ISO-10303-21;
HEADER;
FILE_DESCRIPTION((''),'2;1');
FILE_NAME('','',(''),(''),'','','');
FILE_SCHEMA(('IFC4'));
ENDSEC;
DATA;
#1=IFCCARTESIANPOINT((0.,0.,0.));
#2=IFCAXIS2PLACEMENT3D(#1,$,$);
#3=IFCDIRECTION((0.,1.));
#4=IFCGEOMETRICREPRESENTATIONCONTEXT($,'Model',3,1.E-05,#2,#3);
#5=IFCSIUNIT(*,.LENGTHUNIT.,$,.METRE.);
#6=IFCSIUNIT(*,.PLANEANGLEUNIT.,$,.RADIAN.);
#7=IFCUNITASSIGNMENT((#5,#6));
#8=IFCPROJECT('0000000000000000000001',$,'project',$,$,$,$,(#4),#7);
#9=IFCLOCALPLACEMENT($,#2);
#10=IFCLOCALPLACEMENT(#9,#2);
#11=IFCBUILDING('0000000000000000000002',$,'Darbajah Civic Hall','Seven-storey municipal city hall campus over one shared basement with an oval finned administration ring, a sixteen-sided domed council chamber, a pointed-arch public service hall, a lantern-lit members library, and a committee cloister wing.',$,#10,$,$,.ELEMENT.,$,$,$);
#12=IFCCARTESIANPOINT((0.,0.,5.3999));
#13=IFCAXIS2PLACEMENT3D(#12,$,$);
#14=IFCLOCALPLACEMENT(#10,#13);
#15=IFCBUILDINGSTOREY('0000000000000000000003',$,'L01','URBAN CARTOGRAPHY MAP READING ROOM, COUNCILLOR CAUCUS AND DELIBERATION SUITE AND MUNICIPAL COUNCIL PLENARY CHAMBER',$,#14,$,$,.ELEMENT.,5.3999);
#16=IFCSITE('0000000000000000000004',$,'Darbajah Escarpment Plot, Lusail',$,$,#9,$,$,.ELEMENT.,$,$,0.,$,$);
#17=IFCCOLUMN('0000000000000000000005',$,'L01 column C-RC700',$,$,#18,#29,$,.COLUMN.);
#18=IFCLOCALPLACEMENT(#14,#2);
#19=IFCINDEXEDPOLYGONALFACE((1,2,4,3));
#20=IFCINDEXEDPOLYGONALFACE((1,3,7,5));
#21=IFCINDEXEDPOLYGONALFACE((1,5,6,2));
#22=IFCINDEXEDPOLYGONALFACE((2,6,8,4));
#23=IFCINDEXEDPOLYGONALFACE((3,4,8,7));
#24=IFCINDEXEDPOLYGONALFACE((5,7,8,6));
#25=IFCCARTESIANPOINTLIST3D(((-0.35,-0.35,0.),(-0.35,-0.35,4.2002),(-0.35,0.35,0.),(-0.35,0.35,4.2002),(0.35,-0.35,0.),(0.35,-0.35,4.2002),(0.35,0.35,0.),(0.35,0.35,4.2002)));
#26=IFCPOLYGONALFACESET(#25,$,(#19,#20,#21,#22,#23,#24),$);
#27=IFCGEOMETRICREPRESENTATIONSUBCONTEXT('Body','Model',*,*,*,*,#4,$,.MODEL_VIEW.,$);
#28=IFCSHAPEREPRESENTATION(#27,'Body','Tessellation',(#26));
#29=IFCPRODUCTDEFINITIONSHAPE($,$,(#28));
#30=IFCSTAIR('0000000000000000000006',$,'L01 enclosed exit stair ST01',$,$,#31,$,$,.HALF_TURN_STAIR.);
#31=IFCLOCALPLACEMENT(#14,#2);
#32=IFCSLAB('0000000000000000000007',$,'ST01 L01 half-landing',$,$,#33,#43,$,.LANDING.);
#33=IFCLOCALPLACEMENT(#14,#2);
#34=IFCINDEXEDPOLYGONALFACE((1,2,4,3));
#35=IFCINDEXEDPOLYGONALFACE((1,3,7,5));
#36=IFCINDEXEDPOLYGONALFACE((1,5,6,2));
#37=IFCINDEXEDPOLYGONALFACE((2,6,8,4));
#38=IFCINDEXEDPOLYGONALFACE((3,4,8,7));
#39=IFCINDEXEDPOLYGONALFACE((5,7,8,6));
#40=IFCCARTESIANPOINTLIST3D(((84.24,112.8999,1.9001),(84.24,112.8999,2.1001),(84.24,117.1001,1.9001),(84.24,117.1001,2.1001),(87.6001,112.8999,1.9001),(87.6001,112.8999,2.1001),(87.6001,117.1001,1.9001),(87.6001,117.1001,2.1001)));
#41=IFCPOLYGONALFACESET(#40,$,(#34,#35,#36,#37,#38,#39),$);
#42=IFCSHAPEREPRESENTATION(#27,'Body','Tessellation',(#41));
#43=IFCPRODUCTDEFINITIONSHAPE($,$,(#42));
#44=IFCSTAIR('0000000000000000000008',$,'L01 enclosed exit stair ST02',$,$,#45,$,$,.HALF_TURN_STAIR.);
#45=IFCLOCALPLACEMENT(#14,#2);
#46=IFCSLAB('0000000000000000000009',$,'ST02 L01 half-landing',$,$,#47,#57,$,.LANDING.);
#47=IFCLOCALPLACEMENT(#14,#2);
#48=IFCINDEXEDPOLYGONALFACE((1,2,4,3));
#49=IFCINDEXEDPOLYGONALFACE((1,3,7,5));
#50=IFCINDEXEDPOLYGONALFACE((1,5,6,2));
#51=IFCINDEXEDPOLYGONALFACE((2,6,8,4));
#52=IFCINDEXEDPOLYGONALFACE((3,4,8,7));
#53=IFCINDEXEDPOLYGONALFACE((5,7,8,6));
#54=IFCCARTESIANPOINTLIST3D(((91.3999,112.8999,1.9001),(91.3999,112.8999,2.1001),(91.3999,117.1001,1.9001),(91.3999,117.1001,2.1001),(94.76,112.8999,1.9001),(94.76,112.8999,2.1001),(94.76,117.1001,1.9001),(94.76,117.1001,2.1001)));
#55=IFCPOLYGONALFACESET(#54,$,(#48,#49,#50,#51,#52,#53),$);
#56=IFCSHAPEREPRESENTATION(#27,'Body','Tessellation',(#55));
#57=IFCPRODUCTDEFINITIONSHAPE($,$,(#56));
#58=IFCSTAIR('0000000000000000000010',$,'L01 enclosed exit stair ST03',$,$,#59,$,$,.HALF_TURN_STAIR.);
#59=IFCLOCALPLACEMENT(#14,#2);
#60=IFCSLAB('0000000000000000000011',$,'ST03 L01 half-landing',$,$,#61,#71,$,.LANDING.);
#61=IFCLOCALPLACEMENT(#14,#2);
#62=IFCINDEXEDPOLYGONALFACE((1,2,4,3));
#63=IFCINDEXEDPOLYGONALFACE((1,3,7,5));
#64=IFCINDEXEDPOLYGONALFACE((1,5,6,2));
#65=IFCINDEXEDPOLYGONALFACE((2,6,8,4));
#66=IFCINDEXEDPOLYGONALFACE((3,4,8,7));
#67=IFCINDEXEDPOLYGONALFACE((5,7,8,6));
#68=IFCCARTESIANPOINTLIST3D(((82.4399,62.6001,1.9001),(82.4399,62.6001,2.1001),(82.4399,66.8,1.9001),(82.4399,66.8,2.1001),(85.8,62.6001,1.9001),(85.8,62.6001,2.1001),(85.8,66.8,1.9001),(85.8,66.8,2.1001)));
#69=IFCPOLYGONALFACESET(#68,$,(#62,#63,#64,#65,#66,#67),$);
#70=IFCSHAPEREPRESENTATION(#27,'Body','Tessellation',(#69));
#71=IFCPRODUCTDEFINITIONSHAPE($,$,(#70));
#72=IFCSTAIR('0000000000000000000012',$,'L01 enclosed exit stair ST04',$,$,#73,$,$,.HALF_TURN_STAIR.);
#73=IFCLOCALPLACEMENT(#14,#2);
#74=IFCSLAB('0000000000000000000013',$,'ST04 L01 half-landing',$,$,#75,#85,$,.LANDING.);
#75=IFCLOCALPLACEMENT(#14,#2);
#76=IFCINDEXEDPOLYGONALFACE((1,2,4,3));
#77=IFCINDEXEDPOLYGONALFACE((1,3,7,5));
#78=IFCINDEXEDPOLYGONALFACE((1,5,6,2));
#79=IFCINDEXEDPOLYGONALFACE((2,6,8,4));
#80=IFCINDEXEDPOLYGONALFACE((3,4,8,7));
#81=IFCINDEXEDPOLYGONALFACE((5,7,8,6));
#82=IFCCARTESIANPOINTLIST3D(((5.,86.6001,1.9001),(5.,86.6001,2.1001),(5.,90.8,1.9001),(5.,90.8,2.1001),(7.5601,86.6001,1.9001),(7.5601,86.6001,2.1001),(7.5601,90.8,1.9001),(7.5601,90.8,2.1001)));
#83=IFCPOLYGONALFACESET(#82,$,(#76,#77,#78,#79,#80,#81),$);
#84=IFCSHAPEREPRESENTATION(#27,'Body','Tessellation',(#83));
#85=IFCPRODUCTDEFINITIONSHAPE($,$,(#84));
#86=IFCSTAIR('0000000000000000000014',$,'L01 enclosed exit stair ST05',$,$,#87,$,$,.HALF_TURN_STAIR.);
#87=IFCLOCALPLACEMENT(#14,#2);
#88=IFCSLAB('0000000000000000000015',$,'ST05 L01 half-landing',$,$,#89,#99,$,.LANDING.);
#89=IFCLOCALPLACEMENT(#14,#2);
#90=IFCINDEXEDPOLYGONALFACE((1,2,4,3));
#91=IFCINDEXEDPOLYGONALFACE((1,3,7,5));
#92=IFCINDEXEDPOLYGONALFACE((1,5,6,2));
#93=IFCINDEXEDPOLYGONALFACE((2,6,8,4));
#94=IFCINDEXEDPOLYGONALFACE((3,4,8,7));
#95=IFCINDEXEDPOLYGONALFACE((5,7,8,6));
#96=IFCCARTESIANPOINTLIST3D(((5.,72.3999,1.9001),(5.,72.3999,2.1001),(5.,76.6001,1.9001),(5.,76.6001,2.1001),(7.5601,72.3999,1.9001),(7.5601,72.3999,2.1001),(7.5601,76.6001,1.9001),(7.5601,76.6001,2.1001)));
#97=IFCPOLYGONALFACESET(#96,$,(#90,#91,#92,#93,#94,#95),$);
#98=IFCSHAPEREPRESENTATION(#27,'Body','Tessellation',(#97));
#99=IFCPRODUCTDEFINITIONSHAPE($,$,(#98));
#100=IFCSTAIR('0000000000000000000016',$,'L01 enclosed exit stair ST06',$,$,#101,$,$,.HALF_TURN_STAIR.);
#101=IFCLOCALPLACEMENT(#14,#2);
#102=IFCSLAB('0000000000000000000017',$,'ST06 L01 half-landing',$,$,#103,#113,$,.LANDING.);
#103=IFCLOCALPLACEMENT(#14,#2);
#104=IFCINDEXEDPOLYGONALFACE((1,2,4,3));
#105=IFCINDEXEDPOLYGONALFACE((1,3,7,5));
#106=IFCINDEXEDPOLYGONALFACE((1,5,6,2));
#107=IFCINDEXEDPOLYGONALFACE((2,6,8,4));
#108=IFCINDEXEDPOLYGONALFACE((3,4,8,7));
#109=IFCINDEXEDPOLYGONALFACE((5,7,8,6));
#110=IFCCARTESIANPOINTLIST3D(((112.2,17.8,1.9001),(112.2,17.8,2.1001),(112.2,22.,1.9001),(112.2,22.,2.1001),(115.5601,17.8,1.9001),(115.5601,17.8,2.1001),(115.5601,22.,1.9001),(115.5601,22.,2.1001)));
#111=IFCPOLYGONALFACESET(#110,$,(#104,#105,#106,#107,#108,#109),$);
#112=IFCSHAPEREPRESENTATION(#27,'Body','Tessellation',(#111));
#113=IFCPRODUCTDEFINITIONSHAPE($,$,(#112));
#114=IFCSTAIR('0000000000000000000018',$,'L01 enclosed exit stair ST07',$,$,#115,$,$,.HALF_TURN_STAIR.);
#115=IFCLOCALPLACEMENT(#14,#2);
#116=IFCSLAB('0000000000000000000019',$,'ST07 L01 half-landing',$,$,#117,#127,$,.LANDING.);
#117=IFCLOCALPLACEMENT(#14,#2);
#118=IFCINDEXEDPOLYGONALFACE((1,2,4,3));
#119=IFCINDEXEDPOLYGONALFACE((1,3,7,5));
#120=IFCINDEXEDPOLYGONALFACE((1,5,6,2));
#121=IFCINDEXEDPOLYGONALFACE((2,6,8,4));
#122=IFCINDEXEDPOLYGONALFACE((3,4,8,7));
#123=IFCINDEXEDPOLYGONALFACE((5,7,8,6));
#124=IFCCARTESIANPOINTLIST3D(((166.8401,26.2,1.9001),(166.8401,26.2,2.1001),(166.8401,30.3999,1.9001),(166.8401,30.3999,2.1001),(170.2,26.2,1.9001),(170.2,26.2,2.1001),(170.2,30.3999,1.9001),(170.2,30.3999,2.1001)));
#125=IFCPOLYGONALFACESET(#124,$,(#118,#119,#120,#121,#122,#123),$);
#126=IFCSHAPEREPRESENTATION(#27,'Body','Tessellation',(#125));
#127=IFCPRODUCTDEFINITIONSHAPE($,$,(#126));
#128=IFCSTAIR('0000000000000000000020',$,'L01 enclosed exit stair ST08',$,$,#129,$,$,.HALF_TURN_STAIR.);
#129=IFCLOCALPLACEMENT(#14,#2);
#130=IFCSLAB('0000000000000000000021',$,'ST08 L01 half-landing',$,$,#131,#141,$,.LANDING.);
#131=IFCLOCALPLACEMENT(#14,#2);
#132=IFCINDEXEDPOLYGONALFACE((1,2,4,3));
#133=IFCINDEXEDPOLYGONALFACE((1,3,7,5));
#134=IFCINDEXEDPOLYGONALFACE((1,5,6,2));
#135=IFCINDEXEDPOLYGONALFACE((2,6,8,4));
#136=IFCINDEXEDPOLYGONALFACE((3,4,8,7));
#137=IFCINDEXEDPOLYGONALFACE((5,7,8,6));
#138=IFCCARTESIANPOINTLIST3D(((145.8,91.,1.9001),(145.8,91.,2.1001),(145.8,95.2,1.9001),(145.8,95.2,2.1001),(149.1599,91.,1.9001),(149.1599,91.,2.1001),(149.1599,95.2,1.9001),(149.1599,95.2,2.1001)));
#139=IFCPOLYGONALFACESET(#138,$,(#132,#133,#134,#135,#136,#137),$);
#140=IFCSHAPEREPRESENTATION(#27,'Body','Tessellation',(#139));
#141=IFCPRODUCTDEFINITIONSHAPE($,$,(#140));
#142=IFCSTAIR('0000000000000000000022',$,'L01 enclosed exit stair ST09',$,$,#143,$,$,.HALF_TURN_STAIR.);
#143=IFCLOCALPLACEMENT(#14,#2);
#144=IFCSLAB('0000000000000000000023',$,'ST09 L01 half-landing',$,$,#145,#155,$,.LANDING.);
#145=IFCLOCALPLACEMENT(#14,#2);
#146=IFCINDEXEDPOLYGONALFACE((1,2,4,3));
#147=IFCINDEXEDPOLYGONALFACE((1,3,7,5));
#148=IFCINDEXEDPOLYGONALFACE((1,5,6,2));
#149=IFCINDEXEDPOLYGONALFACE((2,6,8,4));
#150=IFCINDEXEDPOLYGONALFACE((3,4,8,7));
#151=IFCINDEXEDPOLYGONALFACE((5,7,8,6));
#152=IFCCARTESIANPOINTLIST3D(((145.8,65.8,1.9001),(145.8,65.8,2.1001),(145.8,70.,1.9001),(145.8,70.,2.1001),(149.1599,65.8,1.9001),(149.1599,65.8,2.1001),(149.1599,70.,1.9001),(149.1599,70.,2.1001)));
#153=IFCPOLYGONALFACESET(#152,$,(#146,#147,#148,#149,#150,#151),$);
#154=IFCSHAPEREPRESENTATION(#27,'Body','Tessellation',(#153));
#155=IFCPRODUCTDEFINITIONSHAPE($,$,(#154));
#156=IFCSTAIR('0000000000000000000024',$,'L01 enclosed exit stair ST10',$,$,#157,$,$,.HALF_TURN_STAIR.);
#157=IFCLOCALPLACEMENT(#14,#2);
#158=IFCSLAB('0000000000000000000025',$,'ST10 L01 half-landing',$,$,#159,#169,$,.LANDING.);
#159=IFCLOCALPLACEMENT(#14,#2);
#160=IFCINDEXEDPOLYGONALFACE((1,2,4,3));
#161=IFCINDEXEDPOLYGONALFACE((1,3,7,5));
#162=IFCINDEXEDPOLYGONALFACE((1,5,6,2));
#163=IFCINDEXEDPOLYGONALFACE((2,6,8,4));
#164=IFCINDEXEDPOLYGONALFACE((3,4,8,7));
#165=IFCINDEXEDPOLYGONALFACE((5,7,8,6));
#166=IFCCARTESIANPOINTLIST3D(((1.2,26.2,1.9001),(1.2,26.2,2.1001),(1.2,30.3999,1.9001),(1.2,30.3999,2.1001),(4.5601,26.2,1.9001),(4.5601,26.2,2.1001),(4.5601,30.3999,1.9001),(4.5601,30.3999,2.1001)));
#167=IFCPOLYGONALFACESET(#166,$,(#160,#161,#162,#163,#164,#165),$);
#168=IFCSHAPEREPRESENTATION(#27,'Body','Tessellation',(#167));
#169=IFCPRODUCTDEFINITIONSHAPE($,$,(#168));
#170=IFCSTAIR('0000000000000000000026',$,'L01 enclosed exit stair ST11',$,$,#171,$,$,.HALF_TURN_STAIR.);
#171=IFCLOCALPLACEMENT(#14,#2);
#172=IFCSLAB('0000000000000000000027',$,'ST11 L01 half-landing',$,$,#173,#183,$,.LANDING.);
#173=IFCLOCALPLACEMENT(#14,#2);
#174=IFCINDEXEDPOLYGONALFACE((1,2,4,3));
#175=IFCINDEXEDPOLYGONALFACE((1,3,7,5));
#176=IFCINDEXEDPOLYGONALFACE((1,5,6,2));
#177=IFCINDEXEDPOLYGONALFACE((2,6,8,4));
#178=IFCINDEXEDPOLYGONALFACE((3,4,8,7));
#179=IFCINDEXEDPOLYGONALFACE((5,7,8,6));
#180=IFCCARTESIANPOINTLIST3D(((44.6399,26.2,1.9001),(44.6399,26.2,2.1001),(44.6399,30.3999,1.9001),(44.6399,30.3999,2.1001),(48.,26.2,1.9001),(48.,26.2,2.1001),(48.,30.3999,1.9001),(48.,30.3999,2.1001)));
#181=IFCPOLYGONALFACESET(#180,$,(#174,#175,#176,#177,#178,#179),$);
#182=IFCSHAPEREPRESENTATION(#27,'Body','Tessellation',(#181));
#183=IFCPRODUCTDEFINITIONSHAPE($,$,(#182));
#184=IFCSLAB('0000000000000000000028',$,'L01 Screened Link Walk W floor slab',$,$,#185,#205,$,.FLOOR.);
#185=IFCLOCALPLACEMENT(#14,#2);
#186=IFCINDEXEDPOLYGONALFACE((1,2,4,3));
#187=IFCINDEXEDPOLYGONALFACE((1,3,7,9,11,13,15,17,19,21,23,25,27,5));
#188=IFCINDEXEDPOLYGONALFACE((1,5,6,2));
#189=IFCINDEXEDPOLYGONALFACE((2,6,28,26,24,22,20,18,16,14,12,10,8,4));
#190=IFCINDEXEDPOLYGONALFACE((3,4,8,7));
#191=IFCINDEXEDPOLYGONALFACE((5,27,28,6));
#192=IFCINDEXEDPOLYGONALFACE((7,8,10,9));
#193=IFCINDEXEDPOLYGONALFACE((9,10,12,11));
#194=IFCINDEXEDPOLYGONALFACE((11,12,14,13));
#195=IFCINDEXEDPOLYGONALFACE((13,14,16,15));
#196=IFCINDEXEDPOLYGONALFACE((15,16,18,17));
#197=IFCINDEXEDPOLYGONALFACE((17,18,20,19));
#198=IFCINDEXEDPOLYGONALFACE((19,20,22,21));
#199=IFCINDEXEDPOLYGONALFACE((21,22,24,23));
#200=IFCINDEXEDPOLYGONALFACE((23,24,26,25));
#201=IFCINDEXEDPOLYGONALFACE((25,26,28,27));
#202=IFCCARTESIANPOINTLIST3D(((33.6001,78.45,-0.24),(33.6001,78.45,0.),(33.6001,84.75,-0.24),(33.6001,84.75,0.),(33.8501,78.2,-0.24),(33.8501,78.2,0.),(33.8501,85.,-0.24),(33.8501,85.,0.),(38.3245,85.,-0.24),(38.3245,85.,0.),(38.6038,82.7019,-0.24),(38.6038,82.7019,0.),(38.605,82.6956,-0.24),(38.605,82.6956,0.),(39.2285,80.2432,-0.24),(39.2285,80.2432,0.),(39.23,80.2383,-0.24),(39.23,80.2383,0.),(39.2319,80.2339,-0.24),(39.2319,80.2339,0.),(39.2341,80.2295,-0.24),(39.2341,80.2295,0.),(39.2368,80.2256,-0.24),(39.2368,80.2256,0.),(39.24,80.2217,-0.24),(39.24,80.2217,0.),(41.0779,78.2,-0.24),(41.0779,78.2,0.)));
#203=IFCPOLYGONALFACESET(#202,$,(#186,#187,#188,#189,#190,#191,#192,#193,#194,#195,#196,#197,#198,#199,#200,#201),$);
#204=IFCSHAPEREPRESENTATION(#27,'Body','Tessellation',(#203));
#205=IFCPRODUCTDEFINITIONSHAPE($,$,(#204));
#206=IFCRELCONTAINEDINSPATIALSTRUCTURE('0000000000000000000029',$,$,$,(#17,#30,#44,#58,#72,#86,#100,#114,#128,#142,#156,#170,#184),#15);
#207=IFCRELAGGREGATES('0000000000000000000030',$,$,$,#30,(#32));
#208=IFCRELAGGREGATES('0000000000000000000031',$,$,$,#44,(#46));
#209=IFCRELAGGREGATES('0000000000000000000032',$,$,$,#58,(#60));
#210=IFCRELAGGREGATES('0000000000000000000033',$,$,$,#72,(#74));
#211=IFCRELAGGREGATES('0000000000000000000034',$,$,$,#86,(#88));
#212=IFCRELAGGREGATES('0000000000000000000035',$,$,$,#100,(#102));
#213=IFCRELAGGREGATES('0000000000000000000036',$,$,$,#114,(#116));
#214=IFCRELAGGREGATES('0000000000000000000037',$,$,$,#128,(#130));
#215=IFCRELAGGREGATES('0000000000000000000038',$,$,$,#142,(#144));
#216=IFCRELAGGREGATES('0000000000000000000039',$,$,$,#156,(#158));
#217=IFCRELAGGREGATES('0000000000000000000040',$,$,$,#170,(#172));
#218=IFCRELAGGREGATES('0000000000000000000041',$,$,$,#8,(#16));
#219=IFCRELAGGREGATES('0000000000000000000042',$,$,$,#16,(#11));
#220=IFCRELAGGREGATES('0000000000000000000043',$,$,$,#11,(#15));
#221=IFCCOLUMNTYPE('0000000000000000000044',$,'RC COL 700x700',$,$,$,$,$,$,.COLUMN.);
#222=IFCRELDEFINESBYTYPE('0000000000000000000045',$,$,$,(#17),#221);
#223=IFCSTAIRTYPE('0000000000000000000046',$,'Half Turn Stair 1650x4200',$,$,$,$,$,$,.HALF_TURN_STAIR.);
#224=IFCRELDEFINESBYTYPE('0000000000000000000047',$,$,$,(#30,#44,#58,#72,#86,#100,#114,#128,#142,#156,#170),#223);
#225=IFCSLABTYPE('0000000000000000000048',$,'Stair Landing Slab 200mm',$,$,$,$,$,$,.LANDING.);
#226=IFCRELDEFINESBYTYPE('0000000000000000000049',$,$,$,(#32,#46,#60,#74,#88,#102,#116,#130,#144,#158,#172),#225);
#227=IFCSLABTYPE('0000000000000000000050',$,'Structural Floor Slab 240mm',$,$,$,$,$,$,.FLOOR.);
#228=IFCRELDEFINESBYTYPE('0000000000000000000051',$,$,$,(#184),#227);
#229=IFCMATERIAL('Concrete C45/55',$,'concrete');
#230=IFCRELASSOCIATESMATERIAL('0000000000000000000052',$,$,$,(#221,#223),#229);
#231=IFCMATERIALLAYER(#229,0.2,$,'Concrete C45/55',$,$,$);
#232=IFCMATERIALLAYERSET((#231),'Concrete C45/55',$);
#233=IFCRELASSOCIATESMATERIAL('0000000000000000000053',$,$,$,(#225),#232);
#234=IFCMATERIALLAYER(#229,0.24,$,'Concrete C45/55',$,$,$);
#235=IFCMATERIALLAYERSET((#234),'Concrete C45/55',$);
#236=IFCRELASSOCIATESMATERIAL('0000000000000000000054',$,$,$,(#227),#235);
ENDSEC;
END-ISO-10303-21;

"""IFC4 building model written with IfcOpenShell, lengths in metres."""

from ifc_helpers import new_model, si_unit, direction, frame, origin, origin_with_axes, origin_2d, place, context, subcontext, project, spatial, polyline, rectangle, outline, extrude, material, layer, layer_set, material_profile, profile_set, type_object, element, aggregate, save


model = new_model("IFC4")

# Units and contexts
model_context = context("Model", 3, precision=1e-05, world=origin(), true_north=direction((0.0, 1.0)))
body_context = subcontext(model_context, "Body", "Model", "MODEL_VIEW")
ifc_project = project(units=[si_unit("LENGTHUNIT", "METRE"), si_unit("PLANEANGLEUNIT", "RADIAN")], contexts=[model_context])

# Site, building, storey
site_placement = place(None, origin())
site = spatial("IfcSite", under=ifc_project, at=site_placement, Name="Darbajah Escarpment Plot, Lusail", CompositionType="ELEMENT", RefElevation=0.0)
building_placement = place(site_placement, origin())
building = spatial("IfcBuilding", under=site, at=building_placement, Name="Darbajah Civic Hall", Description="Seven-storey municipal city hall campus over one shared basement with an oval finned administration ring, a sixteen-sided domed council chamber, a pointed-arch public service hall, a lantern-lit members library, and a committee cloister wing.", CompositionType="ELEMENT")
storey_placement = place(building_placement, frame((0.0, 0.0, 5.3999)))
storey = spatial("IfcBuildingStorey", under=building, at=storey_placement, Name="L01", Description="URBAN CARTOGRAPHY MAP READING ROOM, COUNCILLOR CAUCUS AND DELIBERATION SUITE AND MUNICIPAL COUNCIL PLENARY CHAMBER", CompositionType="ELEMENT", Elevation=5.3999)

# Column
ifc_material_1 = material(Name="Concrete C45/55", Category="concrete")
ifc_material_profile = material_profile(ifc_material_1, rectangle(XDim=0.7, YDim=0.7, at=origin_2d()), Name="RC COL 700x700")
ifc_profile_set = profile_set([ifc_material_profile], Name="Concrete C45/55")
column_type = type_object("IfcColumnType", Name="RC COL 700x700", PredefinedType="COLUMN", material=ifc_profile_set)
column_placement = place(storey_placement, origin_with_axes())
element("IfcColumn", 1, at=column_placement, inside=storey, type_object=column_type, Name="L01 column C-RC700", PredefinedType="COLUMN", context=body_context, shape_type="SweptSolid", body=[
    extrude(rectangle(XDim=0.7, YDim=0.7, at=origin_2d()), origin(), (0.0, 0.0, 1.0), 4.2002),
])

# Stairs, slabs
stair_type = type_object("IfcStairType", Name="Half Turn Stair 1650x4200", PredefinedType="HALF_TURN_STAIR", material=ifc_material_1)
stair_1_placement = place(storey_placement, origin())
stair_1 = element("IfcStair", 2, at=stair_1_placement, inside=storey, type_object=stair_type, Name="L01 enclosed exit stair ST01", PredefinedType="HALF_TURN_STAIR")
ifc_layer_1 = layer(ifc_material_1, 0.2, Name="Concrete C45/55")
ifc_layer_set_1 = layer_set([ifc_layer_1], Name="Concrete C45/55")
slab_type_1 = type_object("IfcSlabType", Name="Stair Landing Slab 200mm", PredefinedType="LANDING", material=ifc_layer_set_1)
slab_1_placement = place(storey_placement, frame((0.0, 0.0, 1.9001)))
slab_1 = element("IfcSlab", 3, at=slab_1_placement, type_object=slab_type_1, Name="ST01 L01 half-landing", PredefinedType="LANDING", context=body_context, shape_type="SweptSolid", body=[
    extrude(outline(polyline([(84.24, 112.8999), (87.6001, 112.8999), (87.6001, 117.1001), (84.24, 117.1001), (84.24, 112.8999)])), origin(), (0.0, 0.0, 1.0), 0.2),
])
aggregate(stair_1, [slab_1])
stair_2_placement = place(storey_placement, origin())
stair_2 = element("IfcStair", 4, at=stair_2_placement, inside=storey, type_object=stair_type, Name="L01 enclosed exit stair ST02", PredefinedType="HALF_TURN_STAIR")
slab_2_placement = place(storey_placement, frame((0.0, 0.0, 1.9001)))
slab_2 = element("IfcSlab", 5, at=slab_2_placement, type_object=slab_type_1, Name="ST02 L01 half-landing", PredefinedType="LANDING", context=body_context, shape_type="SweptSolid", body=[
    extrude(outline(polyline([(91.3999, 112.8999), (94.76, 112.8999), (94.76, 117.1001), (91.3999, 117.1001), (91.3999, 112.8999)])), origin(), (0.0, 0.0, 1.0), 0.2),
])
aggregate(stair_2, [slab_2])
stair_3_placement = place(storey_placement, origin())
stair_3 = element("IfcStair", 6, at=stair_3_placement, inside=storey, type_object=stair_type, Name="L01 enclosed exit stair ST03", PredefinedType="HALF_TURN_STAIR")
slab_3_placement = place(storey_placement, frame((0.0, 0.0, 1.9001)))
slab_3 = element("IfcSlab", 7, at=slab_3_placement, type_object=slab_type_1, Name="ST03 L01 half-landing", PredefinedType="LANDING", context=body_context, shape_type="SweptSolid", body=[
    extrude(outline(polyline([(82.4399, 62.6001), (85.8, 62.6001), (85.8, 66.8), (82.4399, 66.8), (82.4399, 62.6001)])), origin(), (0.0, 0.0, 1.0), 0.2),
])
aggregate(stair_3, [slab_3])
stair_4_placement = place(storey_placement, origin())
stair_4 = element("IfcStair", 8, at=stair_4_placement, inside=storey, type_object=stair_type, Name="L01 enclosed exit stair ST04", PredefinedType="HALF_TURN_STAIR")
slab_4_placement = place(storey_placement, frame((0.0, 0.0, 1.9001)))
slab_4 = element("IfcSlab", 9, at=slab_4_placement, type_object=slab_type_1, Name="ST04 L01 half-landing", PredefinedType="LANDING", context=body_context, shape_type="SweptSolid", body=[
    extrude(outline(polyline([(5.0, 86.6001), (7.5601, 86.6001), (7.5601, 90.8), (5.0, 90.8), (5.0, 86.6001)])), origin(), (0.0, 0.0, 1.0), 0.2),
])
aggregate(stair_4, [slab_4])
stair_5_placement = place(storey_placement, origin())
stair_5 = element("IfcStair", 10, at=stair_5_placement, inside=storey, type_object=stair_type, Name="L01 enclosed exit stair ST05", PredefinedType="HALF_TURN_STAIR")
slab_5_placement = place(storey_placement, frame((0.0, 0.0, 1.9001)))
slab_5 = element("IfcSlab", 11, at=slab_5_placement, type_object=slab_type_1, Name="ST05 L01 half-landing", PredefinedType="LANDING", context=body_context, shape_type="SweptSolid", body=[
    extrude(outline(polyline([(5.0, 72.3999), (7.5601, 72.3999), (7.5601, 76.6001), (5.0, 76.6001), (5.0, 72.3999)])), origin(), (0.0, 0.0, 1.0), 0.2),
])
aggregate(stair_5, [slab_5])
stair_6_placement = place(storey_placement, origin())
stair_6 = element("IfcStair", 12, at=stair_6_placement, inside=storey, type_object=stair_type, Name="L01 enclosed exit stair ST06", PredefinedType="HALF_TURN_STAIR")
slab_6_placement = place(storey_placement, frame((0.0, 0.0, 1.9001)))
slab_6 = element("IfcSlab", 13, at=slab_6_placement, type_object=slab_type_1, Name="ST06 L01 half-landing", PredefinedType="LANDING", context=body_context, shape_type="SweptSolid", body=[
    extrude(outline(polyline([(112.2, 17.8), (115.5601, 17.8), (115.5601, 22.0), (112.2, 22.0), (112.2, 17.8)])), origin(), (0.0, 0.0, 1.0), 0.2),
])
aggregate(stair_6, [slab_6])
stair_7_placement = place(storey_placement, origin())
stair_7 = element("IfcStair", 14, at=stair_7_placement, inside=storey, type_object=stair_type, Name="L01 enclosed exit stair ST07", PredefinedType="HALF_TURN_STAIR")
slab_7_placement = place(storey_placement, frame((0.0, 0.0, 1.9001)))
slab_7 = element("IfcSlab", 15, at=slab_7_placement, type_object=slab_type_1, Name="ST07 L01 half-landing", PredefinedType="LANDING", context=body_context, shape_type="SweptSolid", body=[
    extrude(outline(polyline([(166.8401, 26.2), (170.2, 26.2), (170.2, 30.3999), (166.8401, 30.3999), (166.8401, 26.2)])), origin(), (0.0, 0.0, 1.0), 0.2),
])
aggregate(stair_7, [slab_7])
stair_8_placement = place(storey_placement, origin())
stair_8 = element("IfcStair", 16, at=stair_8_placement, inside=storey, type_object=stair_type, Name="L01 enclosed exit stair ST08", PredefinedType="HALF_TURN_STAIR")
slab_8_placement = place(storey_placement, frame((0.0, 0.0, 1.9001)))
slab_8 = element("IfcSlab", 17, at=slab_8_placement, type_object=slab_type_1, Name="ST08 L01 half-landing", PredefinedType="LANDING", context=body_context, shape_type="SweptSolid", body=[
    extrude(outline(polyline([(145.8, 91.0), (149.1599, 91.0), (149.1599, 95.2), (145.8, 95.2), (145.8, 91.0)])), origin(), (0.0, 0.0, 1.0), 0.2),
])
aggregate(stair_8, [slab_8])
stair_9_placement = place(storey_placement, origin())
stair_9 = element("IfcStair", 18, at=stair_9_placement, inside=storey, type_object=stair_type, Name="L01 enclosed exit stair ST09", PredefinedType="HALF_TURN_STAIR")
slab_9_placement = place(storey_placement, frame((0.0, 0.0, 1.9001)))
slab_9 = element("IfcSlab", 19, at=slab_9_placement, type_object=slab_type_1, Name="ST09 L01 half-landing", PredefinedType="LANDING", context=body_context, shape_type="SweptSolid", body=[
    extrude(outline(polyline([(145.8, 65.8), (149.1599, 65.8), (149.1599, 70.0), (145.8, 70.0), (145.8, 65.8)])), origin(), (0.0, 0.0, 1.0), 0.2),
])
aggregate(stair_9, [slab_9])
stair_10_placement = place(storey_placement, origin())
stair_10 = element("IfcStair", 20, at=stair_10_placement, inside=storey, type_object=stair_type, Name="L01 enclosed exit stair ST10", PredefinedType="HALF_TURN_STAIR")
slab_10_placement = place(storey_placement, frame((0.0, 0.0, 1.9001)))
slab_10 = element("IfcSlab", 21, at=slab_10_placement, type_object=slab_type_1, Name="ST10 L01 half-landing", PredefinedType="LANDING", context=body_context, shape_type="SweptSolid", body=[
    extrude(outline(polyline([(1.2, 26.2), (4.5601, 26.2), (4.5601, 30.3999), (1.2, 30.3999), (1.2, 26.2)])), origin(), (0.0, 0.0, 1.0), 0.2),
])
aggregate(stair_10, [slab_10])
stair_11_placement = place(storey_placement, origin())
stair_11 = element("IfcStair", 22, at=stair_11_placement, inside=storey, type_object=stair_type, Name="L01 enclosed exit stair ST11", PredefinedType="HALF_TURN_STAIR")
slab_11_placement = place(storey_placement, frame((0.0, 0.0, 1.9001)))
slab_11 = element("IfcSlab", 23, at=slab_11_placement, type_object=slab_type_1, Name="ST11 L01 half-landing", PredefinedType="LANDING", context=body_context, shape_type="SweptSolid", body=[
    extrude(outline(polyline([(44.6399, 26.2), (48.0, 26.2), (48.0, 30.3999), (44.6399, 30.3999), (44.6399, 26.2)])), origin(), (0.0, 0.0, 1.0), 0.2),
])
aggregate(stair_11, [slab_11])

# Slab
ifc_layer_2 = layer(ifc_material_1, 0.24, Name="Concrete C45/55")
ifc_layer_set_2 = layer_set([ifc_layer_2], Name="Concrete C45/55")
slab_type_2 = type_object("IfcSlabType", Name="Structural Floor Slab 240mm", PredefinedType="FLOOR", material=ifc_layer_set_2)
slab_12_placement = place(storey_placement, frame((0.0, 0.0, -0.24)))
element("IfcSlab", 24, at=slab_12_placement, inside=storey, type_object=slab_type_2, Name="L01 Screened Link Walk W floor slab", PredefinedType="FLOOR", context=body_context, shape_type="SweptSolid", body=[
    extrude(outline(polyline([(33.8501, 78.2), (33.6001, 78.45), (33.6001, 84.75), (33.8501, 85.0), (38.3245, 85.0), (38.6038, 82.7019), (38.605, 82.6956), (39.2285, 80.2432), (39.23, 80.2383), (39.2319, 80.2339), (39.2341, 80.2295), (39.2368, 80.2256), (39.24, 80.2217), (41.0779, 78.2), (33.8501, 78.2)])), origin(), (0.0, 0.0, 1.0), 0.24),
])

save(model, "model.ifc")
